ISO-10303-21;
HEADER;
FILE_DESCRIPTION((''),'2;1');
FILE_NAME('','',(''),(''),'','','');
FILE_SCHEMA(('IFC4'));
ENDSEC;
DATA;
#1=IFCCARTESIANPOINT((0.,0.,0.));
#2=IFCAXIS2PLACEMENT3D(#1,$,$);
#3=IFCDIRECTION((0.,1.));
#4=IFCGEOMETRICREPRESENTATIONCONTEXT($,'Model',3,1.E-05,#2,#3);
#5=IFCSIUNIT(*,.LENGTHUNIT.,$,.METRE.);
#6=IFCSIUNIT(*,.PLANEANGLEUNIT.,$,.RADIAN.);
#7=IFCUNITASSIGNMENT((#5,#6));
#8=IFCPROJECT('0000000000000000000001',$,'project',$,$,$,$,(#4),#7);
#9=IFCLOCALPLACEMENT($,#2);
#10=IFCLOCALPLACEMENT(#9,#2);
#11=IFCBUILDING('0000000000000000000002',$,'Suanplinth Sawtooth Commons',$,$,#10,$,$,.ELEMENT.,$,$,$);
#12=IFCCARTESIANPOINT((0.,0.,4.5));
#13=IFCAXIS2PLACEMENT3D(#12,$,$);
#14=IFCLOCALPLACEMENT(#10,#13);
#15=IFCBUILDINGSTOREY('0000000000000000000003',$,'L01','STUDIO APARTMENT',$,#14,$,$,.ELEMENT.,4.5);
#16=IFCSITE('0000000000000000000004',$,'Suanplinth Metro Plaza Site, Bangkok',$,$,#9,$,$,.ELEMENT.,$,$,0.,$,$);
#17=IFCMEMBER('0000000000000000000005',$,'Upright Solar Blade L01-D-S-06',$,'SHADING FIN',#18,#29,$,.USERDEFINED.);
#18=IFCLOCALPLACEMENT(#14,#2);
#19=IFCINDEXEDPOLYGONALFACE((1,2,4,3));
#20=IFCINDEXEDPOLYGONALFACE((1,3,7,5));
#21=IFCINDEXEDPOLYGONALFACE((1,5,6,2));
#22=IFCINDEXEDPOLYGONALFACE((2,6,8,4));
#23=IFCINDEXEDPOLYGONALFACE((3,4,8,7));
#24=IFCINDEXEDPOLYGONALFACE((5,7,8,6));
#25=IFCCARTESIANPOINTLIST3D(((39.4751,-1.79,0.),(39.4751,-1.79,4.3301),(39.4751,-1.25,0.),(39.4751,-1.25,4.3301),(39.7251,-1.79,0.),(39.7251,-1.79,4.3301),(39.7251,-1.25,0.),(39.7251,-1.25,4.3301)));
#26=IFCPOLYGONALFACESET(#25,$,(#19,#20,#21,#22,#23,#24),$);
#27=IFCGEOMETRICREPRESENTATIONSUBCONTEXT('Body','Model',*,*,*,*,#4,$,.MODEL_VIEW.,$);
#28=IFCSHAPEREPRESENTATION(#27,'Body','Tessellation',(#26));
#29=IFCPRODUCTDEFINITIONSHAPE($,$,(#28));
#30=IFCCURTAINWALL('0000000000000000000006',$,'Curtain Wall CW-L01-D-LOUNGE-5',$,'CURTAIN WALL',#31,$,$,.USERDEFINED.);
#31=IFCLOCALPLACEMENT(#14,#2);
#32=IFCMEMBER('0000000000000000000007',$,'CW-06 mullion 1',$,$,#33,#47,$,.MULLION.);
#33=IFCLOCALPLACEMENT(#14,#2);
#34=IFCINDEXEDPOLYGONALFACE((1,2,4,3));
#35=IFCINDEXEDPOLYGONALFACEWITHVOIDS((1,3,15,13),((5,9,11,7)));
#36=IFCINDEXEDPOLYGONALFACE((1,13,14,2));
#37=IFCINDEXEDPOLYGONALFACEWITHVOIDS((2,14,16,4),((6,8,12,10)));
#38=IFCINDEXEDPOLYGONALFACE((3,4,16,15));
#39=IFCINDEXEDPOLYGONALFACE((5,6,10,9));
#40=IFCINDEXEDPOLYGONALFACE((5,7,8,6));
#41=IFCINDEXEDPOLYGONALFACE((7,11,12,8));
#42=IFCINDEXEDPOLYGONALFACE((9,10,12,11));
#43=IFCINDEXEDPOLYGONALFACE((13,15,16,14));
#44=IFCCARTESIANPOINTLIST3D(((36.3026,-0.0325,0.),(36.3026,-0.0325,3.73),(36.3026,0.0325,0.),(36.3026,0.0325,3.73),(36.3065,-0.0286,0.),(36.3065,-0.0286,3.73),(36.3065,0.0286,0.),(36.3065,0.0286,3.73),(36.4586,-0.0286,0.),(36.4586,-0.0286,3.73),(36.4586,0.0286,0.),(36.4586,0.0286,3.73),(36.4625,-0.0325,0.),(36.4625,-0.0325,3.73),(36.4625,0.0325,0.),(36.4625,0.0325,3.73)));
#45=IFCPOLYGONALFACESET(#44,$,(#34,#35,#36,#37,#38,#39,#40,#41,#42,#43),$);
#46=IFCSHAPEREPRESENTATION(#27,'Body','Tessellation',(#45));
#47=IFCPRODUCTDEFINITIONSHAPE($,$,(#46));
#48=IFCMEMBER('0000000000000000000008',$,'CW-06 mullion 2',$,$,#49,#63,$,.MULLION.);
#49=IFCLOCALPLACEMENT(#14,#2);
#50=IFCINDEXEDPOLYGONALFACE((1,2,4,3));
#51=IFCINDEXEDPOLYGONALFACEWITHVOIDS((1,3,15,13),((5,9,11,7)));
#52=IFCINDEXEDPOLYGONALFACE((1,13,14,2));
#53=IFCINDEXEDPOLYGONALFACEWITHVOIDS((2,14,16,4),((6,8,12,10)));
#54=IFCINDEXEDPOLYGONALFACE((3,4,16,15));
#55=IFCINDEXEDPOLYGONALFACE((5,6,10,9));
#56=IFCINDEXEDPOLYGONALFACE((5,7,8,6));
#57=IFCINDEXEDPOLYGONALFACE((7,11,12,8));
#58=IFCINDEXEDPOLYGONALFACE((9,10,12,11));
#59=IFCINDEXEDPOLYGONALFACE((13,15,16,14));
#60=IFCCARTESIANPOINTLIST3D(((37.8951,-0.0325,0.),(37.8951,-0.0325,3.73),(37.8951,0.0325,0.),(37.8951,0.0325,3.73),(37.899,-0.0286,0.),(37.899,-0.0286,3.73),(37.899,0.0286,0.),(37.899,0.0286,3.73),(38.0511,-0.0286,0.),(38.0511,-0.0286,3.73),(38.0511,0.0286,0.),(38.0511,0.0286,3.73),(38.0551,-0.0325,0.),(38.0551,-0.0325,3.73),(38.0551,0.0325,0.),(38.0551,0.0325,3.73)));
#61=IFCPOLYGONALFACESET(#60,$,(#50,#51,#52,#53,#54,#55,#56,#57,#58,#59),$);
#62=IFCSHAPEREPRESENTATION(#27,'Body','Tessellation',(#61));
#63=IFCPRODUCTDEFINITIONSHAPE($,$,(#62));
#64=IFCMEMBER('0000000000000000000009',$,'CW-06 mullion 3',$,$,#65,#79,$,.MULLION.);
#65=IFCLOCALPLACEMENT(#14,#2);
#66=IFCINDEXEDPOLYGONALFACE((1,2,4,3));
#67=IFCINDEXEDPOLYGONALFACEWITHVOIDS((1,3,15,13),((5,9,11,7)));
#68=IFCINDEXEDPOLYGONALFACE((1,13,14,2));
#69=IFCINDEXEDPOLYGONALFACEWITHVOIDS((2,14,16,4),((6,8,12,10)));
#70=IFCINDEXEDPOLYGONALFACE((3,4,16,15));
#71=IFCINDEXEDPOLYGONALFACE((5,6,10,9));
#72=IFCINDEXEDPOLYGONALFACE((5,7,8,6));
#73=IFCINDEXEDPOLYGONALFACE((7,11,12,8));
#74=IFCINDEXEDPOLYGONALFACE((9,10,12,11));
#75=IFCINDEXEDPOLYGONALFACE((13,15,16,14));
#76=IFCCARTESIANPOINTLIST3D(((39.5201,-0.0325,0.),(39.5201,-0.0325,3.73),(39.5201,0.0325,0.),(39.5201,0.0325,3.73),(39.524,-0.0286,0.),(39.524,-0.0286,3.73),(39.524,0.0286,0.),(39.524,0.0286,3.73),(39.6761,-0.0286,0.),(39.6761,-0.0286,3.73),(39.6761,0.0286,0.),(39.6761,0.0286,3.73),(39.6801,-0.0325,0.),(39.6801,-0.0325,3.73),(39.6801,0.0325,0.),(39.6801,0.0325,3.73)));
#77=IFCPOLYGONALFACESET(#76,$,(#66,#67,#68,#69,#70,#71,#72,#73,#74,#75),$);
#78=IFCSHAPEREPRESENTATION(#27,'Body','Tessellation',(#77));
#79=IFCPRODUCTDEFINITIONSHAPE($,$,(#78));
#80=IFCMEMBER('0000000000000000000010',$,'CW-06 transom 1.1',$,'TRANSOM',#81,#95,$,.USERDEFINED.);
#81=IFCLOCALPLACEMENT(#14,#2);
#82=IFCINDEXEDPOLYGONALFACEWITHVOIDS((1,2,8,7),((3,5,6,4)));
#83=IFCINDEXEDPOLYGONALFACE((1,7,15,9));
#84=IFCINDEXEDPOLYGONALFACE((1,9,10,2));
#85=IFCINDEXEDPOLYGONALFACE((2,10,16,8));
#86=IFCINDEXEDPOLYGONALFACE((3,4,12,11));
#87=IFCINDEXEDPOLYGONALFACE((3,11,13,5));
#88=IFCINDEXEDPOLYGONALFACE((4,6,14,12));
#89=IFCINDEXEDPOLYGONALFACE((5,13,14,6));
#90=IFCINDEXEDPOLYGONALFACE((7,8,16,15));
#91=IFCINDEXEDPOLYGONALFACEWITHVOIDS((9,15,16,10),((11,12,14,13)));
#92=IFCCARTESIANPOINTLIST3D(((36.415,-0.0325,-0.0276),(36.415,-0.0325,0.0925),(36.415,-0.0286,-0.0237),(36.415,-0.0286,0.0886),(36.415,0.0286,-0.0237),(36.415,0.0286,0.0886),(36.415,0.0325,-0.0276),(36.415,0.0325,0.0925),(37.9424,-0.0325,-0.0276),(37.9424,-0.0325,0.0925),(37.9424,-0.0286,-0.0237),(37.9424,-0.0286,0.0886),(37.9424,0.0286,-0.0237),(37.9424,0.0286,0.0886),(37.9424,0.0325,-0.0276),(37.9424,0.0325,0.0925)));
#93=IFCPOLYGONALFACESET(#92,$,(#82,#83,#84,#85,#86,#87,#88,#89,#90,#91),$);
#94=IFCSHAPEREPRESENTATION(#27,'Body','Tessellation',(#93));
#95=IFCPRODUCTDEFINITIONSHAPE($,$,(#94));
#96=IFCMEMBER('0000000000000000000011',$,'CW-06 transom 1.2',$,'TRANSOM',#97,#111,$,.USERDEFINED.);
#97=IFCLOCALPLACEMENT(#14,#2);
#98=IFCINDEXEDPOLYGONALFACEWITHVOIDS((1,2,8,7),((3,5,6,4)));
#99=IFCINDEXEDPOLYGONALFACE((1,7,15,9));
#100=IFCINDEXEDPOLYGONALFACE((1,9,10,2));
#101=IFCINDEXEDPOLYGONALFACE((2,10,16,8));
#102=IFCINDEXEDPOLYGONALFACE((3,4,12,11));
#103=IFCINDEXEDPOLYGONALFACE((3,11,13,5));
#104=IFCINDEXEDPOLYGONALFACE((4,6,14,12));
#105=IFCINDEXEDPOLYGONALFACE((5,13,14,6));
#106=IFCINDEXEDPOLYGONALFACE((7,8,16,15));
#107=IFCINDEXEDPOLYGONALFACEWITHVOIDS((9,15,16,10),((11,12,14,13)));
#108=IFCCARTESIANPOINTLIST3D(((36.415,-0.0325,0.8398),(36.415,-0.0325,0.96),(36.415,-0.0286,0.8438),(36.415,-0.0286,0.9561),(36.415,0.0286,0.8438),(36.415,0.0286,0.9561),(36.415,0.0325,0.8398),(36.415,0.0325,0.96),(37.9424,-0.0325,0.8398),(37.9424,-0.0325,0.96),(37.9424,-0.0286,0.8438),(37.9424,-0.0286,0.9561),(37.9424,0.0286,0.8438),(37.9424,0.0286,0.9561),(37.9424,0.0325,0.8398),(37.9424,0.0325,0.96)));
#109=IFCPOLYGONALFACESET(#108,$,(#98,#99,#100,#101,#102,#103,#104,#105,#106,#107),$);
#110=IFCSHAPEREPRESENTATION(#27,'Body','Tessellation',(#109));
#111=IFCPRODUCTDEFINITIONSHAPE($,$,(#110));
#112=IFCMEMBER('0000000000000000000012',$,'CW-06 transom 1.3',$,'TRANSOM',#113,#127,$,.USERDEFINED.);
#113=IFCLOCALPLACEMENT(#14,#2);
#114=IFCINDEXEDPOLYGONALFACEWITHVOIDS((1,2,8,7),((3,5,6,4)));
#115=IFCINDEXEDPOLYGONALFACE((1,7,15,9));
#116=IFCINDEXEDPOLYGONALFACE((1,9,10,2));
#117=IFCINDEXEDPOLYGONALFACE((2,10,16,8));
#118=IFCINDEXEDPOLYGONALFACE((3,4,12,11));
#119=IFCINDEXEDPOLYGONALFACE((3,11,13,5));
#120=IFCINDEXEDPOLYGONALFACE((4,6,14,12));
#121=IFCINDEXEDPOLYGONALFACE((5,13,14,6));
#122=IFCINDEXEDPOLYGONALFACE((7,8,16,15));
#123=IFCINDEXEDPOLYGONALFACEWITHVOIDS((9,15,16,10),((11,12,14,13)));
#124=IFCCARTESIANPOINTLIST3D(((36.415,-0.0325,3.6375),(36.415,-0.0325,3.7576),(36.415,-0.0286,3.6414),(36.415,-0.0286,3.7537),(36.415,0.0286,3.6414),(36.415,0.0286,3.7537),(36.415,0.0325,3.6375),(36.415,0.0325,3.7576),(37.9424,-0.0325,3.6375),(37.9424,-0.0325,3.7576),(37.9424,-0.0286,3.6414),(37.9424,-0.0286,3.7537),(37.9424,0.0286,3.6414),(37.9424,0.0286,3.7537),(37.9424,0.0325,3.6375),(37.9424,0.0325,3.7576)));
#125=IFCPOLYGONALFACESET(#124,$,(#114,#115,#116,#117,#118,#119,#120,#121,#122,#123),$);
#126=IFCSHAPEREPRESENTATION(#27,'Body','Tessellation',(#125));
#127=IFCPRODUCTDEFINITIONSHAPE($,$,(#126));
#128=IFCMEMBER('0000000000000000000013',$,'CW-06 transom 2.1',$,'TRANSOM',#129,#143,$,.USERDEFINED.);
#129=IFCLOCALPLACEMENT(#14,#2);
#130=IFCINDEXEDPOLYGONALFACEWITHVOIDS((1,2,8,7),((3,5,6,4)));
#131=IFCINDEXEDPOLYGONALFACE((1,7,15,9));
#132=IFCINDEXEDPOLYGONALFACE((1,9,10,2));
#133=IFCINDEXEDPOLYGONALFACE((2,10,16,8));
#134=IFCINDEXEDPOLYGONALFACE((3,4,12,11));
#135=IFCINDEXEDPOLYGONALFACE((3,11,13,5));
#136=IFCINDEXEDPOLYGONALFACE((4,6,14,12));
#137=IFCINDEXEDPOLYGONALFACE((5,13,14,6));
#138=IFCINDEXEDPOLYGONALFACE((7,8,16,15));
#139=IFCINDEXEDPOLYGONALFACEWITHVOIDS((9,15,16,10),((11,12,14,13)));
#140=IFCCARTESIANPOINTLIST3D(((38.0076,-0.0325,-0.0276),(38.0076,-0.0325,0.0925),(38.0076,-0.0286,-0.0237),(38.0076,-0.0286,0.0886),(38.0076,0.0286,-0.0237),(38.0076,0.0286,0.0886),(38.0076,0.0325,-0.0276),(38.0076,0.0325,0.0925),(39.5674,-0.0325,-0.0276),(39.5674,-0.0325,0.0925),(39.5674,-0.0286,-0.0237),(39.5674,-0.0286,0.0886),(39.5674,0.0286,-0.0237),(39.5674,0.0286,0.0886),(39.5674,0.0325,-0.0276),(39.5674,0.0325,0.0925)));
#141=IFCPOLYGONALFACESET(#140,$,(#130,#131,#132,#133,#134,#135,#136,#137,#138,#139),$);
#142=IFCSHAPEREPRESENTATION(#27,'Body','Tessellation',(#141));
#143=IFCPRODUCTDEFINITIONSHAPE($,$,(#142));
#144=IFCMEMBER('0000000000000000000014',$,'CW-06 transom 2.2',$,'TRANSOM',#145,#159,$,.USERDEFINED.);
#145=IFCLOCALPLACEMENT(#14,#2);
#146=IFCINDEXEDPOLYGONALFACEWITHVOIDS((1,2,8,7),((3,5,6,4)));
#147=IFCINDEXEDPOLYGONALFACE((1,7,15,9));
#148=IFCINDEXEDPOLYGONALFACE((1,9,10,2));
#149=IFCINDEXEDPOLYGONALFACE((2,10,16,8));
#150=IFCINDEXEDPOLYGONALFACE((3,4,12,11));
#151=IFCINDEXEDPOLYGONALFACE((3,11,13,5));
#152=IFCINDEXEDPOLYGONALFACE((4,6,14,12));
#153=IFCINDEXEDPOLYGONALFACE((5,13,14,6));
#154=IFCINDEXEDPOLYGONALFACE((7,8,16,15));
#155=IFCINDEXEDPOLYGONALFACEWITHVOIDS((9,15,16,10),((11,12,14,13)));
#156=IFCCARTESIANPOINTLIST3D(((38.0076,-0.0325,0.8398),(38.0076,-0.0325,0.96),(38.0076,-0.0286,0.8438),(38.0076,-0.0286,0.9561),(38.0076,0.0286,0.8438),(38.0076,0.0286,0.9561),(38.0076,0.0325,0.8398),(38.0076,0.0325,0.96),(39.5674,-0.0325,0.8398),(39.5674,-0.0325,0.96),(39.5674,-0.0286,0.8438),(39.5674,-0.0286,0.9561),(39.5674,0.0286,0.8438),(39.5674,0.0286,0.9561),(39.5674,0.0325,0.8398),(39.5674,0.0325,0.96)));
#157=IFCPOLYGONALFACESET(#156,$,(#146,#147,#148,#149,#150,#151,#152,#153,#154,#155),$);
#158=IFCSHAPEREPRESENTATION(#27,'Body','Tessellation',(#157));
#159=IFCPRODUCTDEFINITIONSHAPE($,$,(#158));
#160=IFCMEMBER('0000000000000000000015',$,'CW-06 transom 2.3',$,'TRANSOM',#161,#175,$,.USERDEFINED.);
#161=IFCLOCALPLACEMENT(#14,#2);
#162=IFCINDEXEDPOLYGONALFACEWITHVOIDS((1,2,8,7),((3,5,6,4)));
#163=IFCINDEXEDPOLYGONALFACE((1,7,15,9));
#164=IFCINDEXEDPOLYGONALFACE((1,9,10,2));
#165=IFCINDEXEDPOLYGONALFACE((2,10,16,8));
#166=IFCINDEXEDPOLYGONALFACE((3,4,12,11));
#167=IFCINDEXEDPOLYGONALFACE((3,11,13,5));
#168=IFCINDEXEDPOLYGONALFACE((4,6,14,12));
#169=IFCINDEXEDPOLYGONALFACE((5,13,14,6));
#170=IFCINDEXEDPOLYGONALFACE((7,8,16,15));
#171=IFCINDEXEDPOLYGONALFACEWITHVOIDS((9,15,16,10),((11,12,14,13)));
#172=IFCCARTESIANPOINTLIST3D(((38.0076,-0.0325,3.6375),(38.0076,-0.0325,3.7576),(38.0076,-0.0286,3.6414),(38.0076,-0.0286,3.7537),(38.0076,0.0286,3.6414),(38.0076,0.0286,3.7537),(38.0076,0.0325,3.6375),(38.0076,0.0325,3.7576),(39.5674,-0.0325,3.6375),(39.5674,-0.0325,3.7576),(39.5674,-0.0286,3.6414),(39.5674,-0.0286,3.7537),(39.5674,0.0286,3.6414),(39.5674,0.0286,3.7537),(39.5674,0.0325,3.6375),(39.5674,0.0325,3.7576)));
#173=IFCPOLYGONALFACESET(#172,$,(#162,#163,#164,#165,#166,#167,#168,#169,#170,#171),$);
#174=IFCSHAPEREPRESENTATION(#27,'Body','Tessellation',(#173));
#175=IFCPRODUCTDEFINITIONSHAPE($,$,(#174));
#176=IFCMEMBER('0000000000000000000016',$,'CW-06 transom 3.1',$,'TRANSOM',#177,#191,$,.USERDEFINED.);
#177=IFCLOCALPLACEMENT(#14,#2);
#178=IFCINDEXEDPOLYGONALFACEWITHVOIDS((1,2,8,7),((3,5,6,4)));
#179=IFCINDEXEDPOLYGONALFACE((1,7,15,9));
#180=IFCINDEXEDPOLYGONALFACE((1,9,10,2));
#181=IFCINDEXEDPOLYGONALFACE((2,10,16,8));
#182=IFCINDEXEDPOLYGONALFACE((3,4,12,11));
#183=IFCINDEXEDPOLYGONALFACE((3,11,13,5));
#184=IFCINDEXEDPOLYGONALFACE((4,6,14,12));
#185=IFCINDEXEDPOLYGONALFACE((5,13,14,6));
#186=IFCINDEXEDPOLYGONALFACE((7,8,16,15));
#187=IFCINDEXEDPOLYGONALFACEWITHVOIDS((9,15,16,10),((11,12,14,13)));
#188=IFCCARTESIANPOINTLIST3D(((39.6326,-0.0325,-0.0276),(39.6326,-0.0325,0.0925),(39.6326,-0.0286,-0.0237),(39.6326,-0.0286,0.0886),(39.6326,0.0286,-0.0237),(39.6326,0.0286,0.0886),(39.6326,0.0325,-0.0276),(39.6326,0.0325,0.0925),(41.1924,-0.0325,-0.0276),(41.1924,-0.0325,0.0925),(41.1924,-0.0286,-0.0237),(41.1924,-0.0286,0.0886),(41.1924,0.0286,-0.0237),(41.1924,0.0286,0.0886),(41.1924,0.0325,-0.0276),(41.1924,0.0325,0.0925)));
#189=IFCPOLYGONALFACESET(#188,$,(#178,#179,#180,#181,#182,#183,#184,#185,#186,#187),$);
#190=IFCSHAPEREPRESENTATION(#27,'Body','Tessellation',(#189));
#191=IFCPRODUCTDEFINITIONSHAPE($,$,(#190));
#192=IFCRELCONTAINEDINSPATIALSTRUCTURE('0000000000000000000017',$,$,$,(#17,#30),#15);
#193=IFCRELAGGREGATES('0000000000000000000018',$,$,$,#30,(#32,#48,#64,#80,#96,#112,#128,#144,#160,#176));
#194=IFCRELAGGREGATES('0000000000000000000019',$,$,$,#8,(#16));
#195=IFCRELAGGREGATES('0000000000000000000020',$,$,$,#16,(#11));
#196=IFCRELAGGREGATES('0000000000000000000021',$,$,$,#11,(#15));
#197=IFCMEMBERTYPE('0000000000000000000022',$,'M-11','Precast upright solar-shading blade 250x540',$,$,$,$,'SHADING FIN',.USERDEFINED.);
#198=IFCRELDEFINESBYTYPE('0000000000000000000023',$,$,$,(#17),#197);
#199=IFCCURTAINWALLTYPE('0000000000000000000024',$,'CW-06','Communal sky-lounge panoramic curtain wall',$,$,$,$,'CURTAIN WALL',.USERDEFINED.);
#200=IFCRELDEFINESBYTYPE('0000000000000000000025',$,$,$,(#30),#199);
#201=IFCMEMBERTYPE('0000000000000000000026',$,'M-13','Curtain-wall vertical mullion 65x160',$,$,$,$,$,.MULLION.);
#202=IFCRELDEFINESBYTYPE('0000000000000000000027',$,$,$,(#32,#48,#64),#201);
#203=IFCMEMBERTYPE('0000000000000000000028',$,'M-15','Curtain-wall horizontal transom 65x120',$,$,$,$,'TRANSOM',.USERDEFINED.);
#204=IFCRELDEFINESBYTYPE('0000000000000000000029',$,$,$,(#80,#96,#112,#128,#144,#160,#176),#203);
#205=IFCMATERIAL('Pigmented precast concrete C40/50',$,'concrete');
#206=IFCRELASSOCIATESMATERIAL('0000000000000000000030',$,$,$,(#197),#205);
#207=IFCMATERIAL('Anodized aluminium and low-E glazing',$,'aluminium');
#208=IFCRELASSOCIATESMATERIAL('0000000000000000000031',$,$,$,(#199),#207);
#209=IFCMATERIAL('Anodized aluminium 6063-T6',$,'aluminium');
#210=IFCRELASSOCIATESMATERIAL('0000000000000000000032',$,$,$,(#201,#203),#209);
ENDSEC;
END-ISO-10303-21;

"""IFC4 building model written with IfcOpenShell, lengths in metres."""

from ifc_helpers import new_model, si_unit, direction, frame, origin, origin_2d, place, context, subcontext, project, spatial, rectangle, hollow_rectangle, extrude, material, material_profile, profile_set, type_object, element, aggregate, save


model = new_model("IFC4")

# Units and contexts
model_context = context("Model", 3, precision=1e-05, world=origin(), true_north=direction((0.0, 1.0)))
body_context = subcontext(model_context, "Body", "Model", "MODEL_VIEW")
ifc_project = project(units=[si_unit("LENGTHUNIT", "METRE"), si_unit("PLANEANGLEUNIT", "RADIAN")], contexts=[model_context])

# Site, building, storey
site_placement = place(None, origin())
site = spatial("IfcSite", under=ifc_project, at=site_placement, Name="Suanplinth Metro Plaza Site, Bangkok", CompositionType="ELEMENT", RefElevation=0.0)
building_placement = place(site_placement, origin())
building = spatial("IfcBuilding", under=site, at=building_placement, Name="Suanplinth Sawtooth Commons", CompositionType="ELEMENT")
storey_placement = place(building_placement, frame((0.0, 0.0, 4.5)))
storey = spatial("IfcBuildingStorey", under=building, at=storey_placement, Name="L01", Description="STUDIO APARTMENT", CompositionType="ELEMENT", Elevation=4.5)

# Member
ifc_material_1 = material(Name="Pigmented precast concrete C40/50", Category="concrete")
ifc_material_profile_1 = material_profile(ifc_material_1, rectangle(XDim=0.25, YDim=0.54, at=origin_2d()), Name="PC-FIN 250x540")
ifc_profile_set_1 = profile_set([ifc_material_profile_1], Name="Pigmented precast concrete C40/50")
member_type_1 = type_object("IfcMemberType", Name="M-11", Description="Precast upright solar-shading blade 250x540", ElementType="SHADING FIN", PredefinedType="USERDEFINED", material=ifc_profile_set_1)
member_1_placement = place(storey_placement, frame((39.6001, -1.52, 0.0), z_axis=(0.0, 0.0, 1.0), x_axis=(1.0, 0.0, 0.0)))
element("IfcMember", 1, at=member_1_placement, inside=storey, type_object=member_type_1, Name="Upright Solar Blade L01-D-S-06", ObjectType="SHADING FIN", PredefinedType="USERDEFINED", context=body_context, shape_type="SweptSolid", body=[
    extrude(rectangle(XDim=0.25, YDim=0.54, at=origin_2d()), origin(), (0.0, 0.0, 1.0), 4.3301),
])

# Curtain wall, members
ifc_material_2 = material(Name="Anodized aluminium and low-E glazing", Category="aluminium")
curtain_wall_type = type_object("IfcCurtainWallType", Name="CW-06", Description="Communal sky-lounge panoramic curtain wall", ElementType="CURTAIN WALL", PredefinedType="USERDEFINED", material=ifc_material_2)
curtain_wall_placement = place(storey_placement, origin())
curtain_wall = element("IfcCurtainWall", 2, at=curtain_wall_placement, inside=storey, type_object=curtain_wall_type, Name="Curtain Wall CW-L01-D-LOUNGE-5", ObjectType="CURTAIN WALL", PredefinedType="USERDEFINED")
ifc_material_3 = material(Name="Anodized aluminium 6063-T6", Category="aluminium")
ifc_material_profile_2 = material_profile(ifc_material_3, hollow_rectangle(XDim=0.0649, YDim=0.1599, WallThickness=0.0039, at=origin_2d()), Name="ALU-MUL 65x160")
ifc_profile_set_2 = profile_set([ifc_material_profile_2], Name="Anodized aluminium 6063-T6")
member_type_2 = type_object("IfcMemberType", Name="M-13", Description="Curtain-wall vertical mullion 65x160", PredefinedType="MULLION", material=ifc_profile_set_2)
member_2_placement = place(storey_placement, frame((36.3826, 0.0, 0.0), z_axis=(0.0, 0.0, 1.0), x_axis=(0.0, 1.0, 0.0)))
member_2 = element("IfcMember", 3, at=member_2_placement, type_object=member_type_2, Name="CW-06 mullion 1", PredefinedType="MULLION", context=body_context, shape_type="SweptSolid", body=[
    extrude(hollow_rectangle(XDim=0.0649, YDim=0.1599, WallThickness=0.0039, at=origin_2d()), origin(), (0.0, 0.0, 1.0), 3.73),
])
member_3_placement = place(storey_placement, frame((37.9751, 0.0, 0.0), z_axis=(0.0, 0.0, 1.0), x_axis=(0.0, 1.0, 0.0)))
member_3 = element("IfcMember", 4, at=member_3_placement, type_object=member_type_2, Name="CW-06 mullion 2", PredefinedType="MULLION", context=body_context, shape_type="SweptSolid", body=[
    extrude(hollow_rectangle(XDim=0.0649, YDim=0.1599, WallThickness=0.0039, at=origin_2d()), origin(), (0.0, 0.0, 1.0), 3.73),
])
member_4_placement = place(storey_placement, frame((39.6001, 0.0, 0.0), z_axis=(0.0, 0.0, 1.0), x_axis=(0.0, 1.0, 0.0)))
member_4 = element("IfcMember", 5, at=member_4_placement, type_object=member_type_2, Name="CW-06 mullion 3", PredefinedType="MULLION", context=body_context, shape_type="SweptSolid", body=[
    extrude(hollow_rectangle(XDim=0.0649, YDim=0.1599, WallThickness=0.0039, at=origin_2d()), origin(), (0.0, 0.0, 1.0), 3.73),
])
ifc_material_profile_3 = material_profile(ifc_material_3, hollow_rectangle(XDim=0.0649, YDim=0.1201, WallThickness=0.0039, at=origin_2d()), Name="ALU-TRN 65x120")
ifc_profile_set_3 = profile_set([ifc_material_profile_3], Name="Anodized aluminium 6063-T6")
member_type_3 = type_object("IfcMemberType", Name="M-15", Description="Curtain-wall horizontal transom 65x120", ElementType="TRANSOM", PredefinedType="USERDEFINED", material=ifc_profile_set_3)
member_5_placement = place(storey_placement, frame((36.415, 0.0, 0.0325), z_axis=(1.0, 0.0, 0.0), x_axis=(0.0, 1.0, 0.0)))
member_5 = element("IfcMember", 6, at=member_5_placement, type_object=member_type_3, Name="CW-06 transom 1.1", ObjectType="TRANSOM", PredefinedType="USERDEFINED", context=body_context, shape_type="SweptSolid", body=[
    extrude(hollow_rectangle(XDim=0.0649, YDim=0.1201, WallThickness=0.0039, at=origin_2d()), origin(), (0.0, 0.0, 1.0), 1.5273),
])
member_6_placement = place(storey_placement, frame((36.415, 0.0, 0.8999), z_axis=(1.0, 0.0, 0.0), x_axis=(0.0, 1.0, 0.0)))
member_6 = element("IfcMember", 7, at=member_6_placement, type_object=member_type_3, Name="CW-06 transom 1.2", ObjectType="TRANSOM", PredefinedType="USERDEFINED", context=body_context, shape_type="SweptSolid", body=[
    extrude(hollow_rectangle(XDim=0.0649, YDim=0.1201, WallThickness=0.0039, at=origin_2d()), origin(), (0.0, 0.0, 1.0), 1.5273),
])
member_7_placement = place(storey_placement, frame((36.415, 0.0, 3.6975), z_axis=(1.0, 0.0, 0.0), x_axis=(0.0, 1.0, 0.0)))
member_7 = element("IfcMember", 8, at=member_7_placement, type_object=member_type_3, Name="CW-06 transom 1.3", ObjectType="TRANSOM", PredefinedType="USERDEFINED", context=body_context, shape_type="SweptSolid", body=[
    extrude(hollow_rectangle(XDim=0.0649, YDim=0.1201, WallThickness=0.0039, at=origin_2d()), origin(), (0.0, 0.0, 1.0), 1.5273),
])
member_8_placement = place(storey_placement, frame((38.0076, 0.0, 0.0325), z_axis=(1.0, 0.0, 0.0), x_axis=(0.0, 1.0, 0.0)))
member_8 = element("IfcMember", 9, at=member_8_placement, type_object=member_type_3, Name="CW-06 transom 2.1", ObjectType="TRANSOM", PredefinedType="USERDEFINED", context=body_context, shape_type="SweptSolid", body=[
    extrude(hollow_rectangle(XDim=0.0649, YDim=0.1201, WallThickness=0.0039, at=origin_2d()), origin(), (0.0, 0.0, 1.0), 1.5598),
])
member_9_placement = place(storey_placement, frame((38.0076, 0.0, 0.8999), z_axis=(1.0, 0.0, 0.0), x_axis=(0.0, 1.0, 0.0)))
member_9 = element("IfcMember", 10, at=member_9_placement, type_object=member_type_3, Name="CW-06 transom 2.2", ObjectType="TRANSOM", PredefinedType="USERDEFINED", context=body_context, shape_type="SweptSolid", body=[
    extrude(hollow_rectangle(XDim=0.0649, YDim=0.1201, WallThickness=0.0039, at=origin_2d()), origin(), (0.0, 0.0, 1.0), 1.5598),
])
member_10_placement = place(storey_placement, frame((38.0076, 0.0, 3.6975), z_axis=(1.0, 0.0, 0.0), x_axis=(0.0, 1.0, 0.0)))
member_10 = element("IfcMember", 11, at=member_10_placement, type_object=member_type_3, Name="CW-06 transom 2.3", ObjectType="TRANSOM", PredefinedType="USERDEFINED", context=body_context, shape_type="SweptSolid", body=[
    extrude(hollow_rectangle(XDim=0.0649, YDim=0.1201, WallThickness=0.0039, at=origin_2d()), origin(), (0.0, 0.0, 1.0), 1.5598),
])
member_11_placement = place(storey_placement, frame((39.6326, 0.0, 0.0325), z_axis=(1.0, 0.0, 0.0), x_axis=(0.0, 1.0, 0.0)))
member_11 = element("IfcMember", 12, at=member_11_placement, type_object=member_type_3, Name="CW-06 transom 3.1", ObjectType="TRANSOM", PredefinedType="USERDEFINED", context=body_context, shape_type="SweptSolid", body=[
    extrude(hollow_rectangle(XDim=0.0649, YDim=0.1201, WallThickness=0.0039, at=origin_2d()), origin(), (0.0, 0.0, 1.0), 1.5598),
])
aggregate(curtain_wall, [member_2, member_3, member_4, member_5, member_6, member_7, member_8, member_9, member_10, member_11])

save(model, "model.ifc")
